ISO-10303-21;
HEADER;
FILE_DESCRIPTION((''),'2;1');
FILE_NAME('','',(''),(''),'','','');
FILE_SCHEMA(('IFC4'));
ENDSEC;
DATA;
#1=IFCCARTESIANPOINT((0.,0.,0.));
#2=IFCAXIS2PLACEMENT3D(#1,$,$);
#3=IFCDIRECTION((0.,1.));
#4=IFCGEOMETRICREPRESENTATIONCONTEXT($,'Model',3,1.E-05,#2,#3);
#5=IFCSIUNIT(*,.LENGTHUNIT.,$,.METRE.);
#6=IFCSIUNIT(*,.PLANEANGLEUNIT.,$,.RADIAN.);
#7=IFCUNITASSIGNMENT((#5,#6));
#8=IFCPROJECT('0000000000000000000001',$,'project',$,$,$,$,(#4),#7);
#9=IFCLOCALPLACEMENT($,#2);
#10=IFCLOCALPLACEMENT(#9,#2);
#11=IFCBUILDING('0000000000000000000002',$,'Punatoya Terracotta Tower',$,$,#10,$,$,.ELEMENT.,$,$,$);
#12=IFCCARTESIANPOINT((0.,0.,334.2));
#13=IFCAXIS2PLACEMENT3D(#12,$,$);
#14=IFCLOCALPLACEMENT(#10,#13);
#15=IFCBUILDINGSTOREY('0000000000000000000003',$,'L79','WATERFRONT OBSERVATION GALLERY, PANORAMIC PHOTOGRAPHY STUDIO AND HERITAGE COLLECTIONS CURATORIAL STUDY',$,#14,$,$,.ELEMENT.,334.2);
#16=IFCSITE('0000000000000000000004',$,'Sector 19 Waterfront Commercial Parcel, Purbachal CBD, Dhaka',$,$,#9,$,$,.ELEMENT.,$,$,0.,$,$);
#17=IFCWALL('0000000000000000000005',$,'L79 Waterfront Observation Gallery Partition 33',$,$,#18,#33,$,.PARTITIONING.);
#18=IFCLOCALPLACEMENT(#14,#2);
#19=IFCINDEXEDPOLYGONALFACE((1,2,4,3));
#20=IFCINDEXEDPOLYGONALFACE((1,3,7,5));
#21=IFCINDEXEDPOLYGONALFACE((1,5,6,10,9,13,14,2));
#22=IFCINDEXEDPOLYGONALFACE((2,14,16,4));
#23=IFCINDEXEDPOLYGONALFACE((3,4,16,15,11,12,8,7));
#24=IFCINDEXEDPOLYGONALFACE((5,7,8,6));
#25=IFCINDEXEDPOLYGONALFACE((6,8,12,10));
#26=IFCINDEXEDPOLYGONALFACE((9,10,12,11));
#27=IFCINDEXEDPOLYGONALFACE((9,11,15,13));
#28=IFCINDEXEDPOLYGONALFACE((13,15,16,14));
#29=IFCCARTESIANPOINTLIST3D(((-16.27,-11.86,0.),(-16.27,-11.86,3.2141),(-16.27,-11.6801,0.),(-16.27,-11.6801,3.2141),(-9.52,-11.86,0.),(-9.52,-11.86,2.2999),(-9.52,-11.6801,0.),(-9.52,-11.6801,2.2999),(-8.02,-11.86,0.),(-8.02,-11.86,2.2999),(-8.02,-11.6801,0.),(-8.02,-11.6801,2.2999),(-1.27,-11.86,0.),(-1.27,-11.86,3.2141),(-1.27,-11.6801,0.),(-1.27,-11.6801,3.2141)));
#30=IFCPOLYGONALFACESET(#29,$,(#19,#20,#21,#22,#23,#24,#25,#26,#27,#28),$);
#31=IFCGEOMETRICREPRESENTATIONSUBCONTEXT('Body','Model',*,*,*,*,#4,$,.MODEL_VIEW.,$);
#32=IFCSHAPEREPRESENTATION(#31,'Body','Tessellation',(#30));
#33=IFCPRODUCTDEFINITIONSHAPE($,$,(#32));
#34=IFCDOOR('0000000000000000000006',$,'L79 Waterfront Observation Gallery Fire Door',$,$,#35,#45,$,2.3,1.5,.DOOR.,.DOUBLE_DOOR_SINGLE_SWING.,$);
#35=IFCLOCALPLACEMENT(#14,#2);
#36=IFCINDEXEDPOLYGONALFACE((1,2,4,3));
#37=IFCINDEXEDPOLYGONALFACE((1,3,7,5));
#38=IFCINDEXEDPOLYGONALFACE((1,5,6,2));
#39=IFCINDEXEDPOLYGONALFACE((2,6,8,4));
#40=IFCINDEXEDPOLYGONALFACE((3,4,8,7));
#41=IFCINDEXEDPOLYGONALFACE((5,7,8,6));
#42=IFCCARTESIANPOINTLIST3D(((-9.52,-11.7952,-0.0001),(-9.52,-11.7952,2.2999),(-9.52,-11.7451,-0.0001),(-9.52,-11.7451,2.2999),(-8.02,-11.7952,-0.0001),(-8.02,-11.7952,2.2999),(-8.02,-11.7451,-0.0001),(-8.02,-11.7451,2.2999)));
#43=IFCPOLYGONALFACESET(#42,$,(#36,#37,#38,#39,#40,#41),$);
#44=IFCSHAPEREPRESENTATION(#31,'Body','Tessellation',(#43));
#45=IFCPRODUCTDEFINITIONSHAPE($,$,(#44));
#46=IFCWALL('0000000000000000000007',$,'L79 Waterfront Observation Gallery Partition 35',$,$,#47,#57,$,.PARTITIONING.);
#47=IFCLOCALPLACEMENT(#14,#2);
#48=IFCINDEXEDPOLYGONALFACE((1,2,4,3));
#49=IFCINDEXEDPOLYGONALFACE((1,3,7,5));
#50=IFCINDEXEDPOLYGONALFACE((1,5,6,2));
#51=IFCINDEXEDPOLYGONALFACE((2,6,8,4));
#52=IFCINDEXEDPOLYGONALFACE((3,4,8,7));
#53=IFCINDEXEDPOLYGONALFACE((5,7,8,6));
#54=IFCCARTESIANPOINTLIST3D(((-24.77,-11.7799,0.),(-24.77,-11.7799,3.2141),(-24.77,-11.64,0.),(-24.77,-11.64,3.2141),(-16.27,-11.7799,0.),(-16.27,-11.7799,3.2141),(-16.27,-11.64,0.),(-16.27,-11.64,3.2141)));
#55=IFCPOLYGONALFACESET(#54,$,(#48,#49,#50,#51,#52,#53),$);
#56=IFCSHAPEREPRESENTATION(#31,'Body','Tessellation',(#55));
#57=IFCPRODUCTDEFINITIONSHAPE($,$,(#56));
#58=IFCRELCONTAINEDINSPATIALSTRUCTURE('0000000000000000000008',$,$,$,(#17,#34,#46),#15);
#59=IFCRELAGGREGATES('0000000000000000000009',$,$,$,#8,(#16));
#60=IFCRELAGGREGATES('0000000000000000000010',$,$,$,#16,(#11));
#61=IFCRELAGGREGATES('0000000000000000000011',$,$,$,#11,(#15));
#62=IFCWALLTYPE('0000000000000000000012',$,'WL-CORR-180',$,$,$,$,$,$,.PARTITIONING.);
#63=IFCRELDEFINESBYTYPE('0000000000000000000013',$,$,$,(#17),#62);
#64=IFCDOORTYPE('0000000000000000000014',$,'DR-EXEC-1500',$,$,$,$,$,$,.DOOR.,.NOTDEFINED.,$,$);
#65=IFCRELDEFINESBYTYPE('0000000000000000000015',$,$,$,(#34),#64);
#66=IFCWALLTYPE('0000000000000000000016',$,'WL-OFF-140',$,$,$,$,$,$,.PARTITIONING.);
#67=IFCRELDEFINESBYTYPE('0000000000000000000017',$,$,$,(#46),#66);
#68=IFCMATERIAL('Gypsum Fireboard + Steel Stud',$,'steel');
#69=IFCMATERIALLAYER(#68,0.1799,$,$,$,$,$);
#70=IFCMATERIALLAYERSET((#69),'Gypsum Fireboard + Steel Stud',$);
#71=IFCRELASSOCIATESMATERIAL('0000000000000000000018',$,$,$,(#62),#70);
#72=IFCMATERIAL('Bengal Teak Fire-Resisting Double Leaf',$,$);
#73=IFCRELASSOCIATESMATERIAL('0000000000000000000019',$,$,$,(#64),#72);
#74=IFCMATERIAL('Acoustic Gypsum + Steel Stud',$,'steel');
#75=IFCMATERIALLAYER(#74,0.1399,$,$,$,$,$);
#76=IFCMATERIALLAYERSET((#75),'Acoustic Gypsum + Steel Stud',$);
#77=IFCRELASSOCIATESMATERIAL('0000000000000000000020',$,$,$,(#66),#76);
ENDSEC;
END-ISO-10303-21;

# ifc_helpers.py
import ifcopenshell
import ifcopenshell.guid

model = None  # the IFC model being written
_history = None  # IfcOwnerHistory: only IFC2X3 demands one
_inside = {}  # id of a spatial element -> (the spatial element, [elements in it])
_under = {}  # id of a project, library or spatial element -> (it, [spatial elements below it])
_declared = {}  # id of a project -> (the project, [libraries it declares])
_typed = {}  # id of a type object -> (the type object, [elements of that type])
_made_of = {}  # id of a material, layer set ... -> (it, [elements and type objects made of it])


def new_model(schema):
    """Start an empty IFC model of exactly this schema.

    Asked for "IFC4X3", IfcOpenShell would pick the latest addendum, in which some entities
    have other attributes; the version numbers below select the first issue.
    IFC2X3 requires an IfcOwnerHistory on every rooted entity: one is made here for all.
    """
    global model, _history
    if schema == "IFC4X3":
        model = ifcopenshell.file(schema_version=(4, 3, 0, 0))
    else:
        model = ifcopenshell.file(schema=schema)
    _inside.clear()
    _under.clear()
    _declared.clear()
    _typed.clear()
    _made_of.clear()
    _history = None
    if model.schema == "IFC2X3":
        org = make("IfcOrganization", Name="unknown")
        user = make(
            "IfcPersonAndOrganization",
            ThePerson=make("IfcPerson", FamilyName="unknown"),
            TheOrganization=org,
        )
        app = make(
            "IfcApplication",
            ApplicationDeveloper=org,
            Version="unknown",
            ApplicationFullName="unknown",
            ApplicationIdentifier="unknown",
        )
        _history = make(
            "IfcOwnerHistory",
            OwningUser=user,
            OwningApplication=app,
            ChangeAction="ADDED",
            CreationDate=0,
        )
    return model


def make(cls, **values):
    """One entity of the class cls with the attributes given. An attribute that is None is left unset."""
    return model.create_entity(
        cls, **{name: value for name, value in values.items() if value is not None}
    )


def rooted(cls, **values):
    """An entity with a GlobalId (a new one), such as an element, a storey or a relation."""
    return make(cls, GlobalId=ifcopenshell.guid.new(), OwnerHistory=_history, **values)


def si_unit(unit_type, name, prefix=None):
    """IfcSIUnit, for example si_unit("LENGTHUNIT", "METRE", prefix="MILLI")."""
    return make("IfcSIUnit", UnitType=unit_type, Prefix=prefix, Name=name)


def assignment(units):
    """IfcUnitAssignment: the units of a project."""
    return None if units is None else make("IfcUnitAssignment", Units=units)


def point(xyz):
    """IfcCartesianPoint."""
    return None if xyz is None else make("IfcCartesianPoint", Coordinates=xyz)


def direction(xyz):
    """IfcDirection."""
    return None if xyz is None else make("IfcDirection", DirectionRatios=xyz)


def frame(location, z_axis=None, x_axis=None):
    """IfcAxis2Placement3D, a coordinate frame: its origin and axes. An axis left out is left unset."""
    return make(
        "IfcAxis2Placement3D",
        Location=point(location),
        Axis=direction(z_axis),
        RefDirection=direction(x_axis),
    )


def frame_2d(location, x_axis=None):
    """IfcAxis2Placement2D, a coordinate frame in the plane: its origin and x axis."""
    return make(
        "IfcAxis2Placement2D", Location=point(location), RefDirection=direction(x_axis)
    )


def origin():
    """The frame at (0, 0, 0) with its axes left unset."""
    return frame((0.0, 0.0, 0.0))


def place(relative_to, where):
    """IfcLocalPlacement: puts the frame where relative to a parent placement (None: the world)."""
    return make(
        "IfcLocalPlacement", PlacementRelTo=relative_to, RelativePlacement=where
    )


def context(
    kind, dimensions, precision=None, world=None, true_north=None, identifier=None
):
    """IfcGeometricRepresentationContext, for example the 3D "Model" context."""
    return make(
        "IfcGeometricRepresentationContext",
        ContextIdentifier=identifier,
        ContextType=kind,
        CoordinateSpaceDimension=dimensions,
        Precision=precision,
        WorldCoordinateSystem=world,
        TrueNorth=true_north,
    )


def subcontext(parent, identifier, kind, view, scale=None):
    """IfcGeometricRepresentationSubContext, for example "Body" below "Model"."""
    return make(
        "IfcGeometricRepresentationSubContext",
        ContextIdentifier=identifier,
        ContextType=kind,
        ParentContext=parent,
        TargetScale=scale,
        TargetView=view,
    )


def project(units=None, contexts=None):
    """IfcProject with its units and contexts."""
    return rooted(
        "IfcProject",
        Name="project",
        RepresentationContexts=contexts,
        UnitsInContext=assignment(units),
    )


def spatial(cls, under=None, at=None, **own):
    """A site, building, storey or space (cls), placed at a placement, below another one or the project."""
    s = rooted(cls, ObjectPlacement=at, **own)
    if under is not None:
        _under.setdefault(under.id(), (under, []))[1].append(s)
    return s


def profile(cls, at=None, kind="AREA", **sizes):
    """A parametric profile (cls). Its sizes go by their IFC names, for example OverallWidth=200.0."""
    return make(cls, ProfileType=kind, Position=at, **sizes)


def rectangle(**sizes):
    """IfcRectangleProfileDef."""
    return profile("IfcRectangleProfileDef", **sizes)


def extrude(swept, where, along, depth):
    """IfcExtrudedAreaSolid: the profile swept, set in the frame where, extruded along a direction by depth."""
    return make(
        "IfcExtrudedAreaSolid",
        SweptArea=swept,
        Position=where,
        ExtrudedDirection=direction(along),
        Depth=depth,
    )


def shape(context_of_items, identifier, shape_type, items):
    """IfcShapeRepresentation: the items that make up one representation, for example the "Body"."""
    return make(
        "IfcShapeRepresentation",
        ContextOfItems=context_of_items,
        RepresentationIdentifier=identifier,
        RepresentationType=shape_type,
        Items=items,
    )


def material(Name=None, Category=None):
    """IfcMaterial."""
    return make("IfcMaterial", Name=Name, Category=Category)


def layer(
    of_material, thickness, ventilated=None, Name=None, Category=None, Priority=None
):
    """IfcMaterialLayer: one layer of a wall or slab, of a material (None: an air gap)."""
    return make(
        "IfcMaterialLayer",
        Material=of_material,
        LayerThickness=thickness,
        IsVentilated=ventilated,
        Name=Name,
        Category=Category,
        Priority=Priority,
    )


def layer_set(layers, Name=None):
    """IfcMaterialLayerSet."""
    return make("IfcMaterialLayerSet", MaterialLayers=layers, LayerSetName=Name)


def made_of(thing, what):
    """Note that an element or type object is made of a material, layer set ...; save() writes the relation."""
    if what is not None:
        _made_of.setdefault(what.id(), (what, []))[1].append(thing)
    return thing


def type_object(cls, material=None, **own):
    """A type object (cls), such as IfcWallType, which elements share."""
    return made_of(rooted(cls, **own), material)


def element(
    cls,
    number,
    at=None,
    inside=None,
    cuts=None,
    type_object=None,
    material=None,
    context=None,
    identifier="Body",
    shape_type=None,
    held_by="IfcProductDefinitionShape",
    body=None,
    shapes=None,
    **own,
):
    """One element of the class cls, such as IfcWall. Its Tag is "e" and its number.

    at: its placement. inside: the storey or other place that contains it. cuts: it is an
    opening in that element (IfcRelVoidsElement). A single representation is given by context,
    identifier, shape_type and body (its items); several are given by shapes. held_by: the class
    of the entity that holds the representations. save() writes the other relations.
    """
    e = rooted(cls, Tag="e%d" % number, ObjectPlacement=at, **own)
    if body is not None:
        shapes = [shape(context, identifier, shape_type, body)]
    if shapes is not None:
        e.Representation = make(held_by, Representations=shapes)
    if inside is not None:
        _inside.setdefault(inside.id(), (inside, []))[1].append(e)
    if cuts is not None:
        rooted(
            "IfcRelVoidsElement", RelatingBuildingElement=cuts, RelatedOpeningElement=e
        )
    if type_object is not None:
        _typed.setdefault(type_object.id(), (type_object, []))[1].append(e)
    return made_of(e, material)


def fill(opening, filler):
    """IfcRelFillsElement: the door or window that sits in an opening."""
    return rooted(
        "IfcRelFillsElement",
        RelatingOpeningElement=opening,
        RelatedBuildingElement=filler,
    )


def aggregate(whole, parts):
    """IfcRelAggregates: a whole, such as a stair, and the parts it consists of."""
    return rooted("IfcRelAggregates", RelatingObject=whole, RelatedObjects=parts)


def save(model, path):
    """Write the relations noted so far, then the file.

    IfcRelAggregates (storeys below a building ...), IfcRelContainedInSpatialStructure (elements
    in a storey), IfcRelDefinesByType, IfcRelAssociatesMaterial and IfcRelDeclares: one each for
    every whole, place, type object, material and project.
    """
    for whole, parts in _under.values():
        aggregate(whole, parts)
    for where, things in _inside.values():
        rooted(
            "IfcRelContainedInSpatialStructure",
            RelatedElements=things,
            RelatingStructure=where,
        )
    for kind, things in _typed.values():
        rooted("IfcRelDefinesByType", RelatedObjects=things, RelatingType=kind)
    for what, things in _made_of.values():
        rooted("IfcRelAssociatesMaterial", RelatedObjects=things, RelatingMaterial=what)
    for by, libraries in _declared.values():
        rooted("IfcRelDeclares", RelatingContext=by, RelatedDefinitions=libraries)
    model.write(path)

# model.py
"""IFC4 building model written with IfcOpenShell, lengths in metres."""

from ifc_helpers import new_model, si_unit, direction, frame, frame_2d, origin, place, context, subcontext, project, spatial, rectangle, extrude, material, layer, layer_set, type_object, element, fill, save


model = new_model("IFC4")

# Units and contexts
model_context = context("Model", 3, precision=1e-05, world=origin(), true_north=direction((0.0, 1.0)))
body_context = subcontext(model_context, "Body", "Model", "MODEL_VIEW")
ifc_project = project(units=[si_unit("LENGTHUNIT", "METRE"), si_unit("PLANEANGLEUNIT", "RADIAN")], contexts=[model_context])

# Site, building, storey
site_placement = place(None, origin())
site = spatial("IfcSite", under=ifc_project, at=site_placement, Name="Sector 19 Waterfront Commercial Parcel, Purbachal CBD, Dhaka", CompositionType="ELEMENT", RefElevation=0.0)
building_placement = place(site_placement, origin())
building = spatial("IfcBuilding", under=site, at=building_placement, Name="Punatoya Terracotta Tower", CompositionType="ELEMENT")
storey_placement = place(building_placement, frame((0.0, 0.0, 334.2)))
storey = spatial("IfcBuildingStorey", under=building, at=storey_placement, Name="L79", Description="WATERFRONT OBSERVATION GALLERY, PANORAMIC PHOTOGRAPHY STUDIO AND HERITAGE COLLECTIONS CURATORIAL STUDY", CompositionType="ELEMENT", Elevation=334.2)

# Wall, opening, door
ifc_material_1 = material(Name="Gypsum Fireboard + Steel Stud", Category="steel")
ifc_layer_1 = layer(ifc_material_1, 0.1799)
ifc_layer_set_1 = layer_set([ifc_layer_1], Name="Gypsum Fireboard + Steel Stud")
wall_type_1 = type_object("IfcWallType", Name="WL-CORR-180", PredefinedType="PARTITIONING", material=ifc_layer_set_1)
wall_1_placement = place(storey_placement, frame((-16.27, -11.77, 0.0), z_axis=(0.0, 0.0, 1.0), x_axis=(1.0, 0.0, 0.0)))
wall_1 = element("IfcWall", 1, at=wall_1_placement, inside=storey, type_object=wall_type_1, Name="L79 Waterfront Observation Gallery Partition 33", PredefinedType="PARTITIONING", context=body_context, shape_type="SweptSolid", body=[
    extrude(rectangle(XDim=15.0, YDim=0.1799, at=frame_2d((7.5, 0.0))), origin(), (0.0, 0.0, 1.0), 3.2141),
])
opening_placement = place(wall_1_placement, frame((6.75, 0.0, 0.0)))
opening = element("IfcOpeningElement", 2, at=opening_placement, cuts=wall_1, PredefinedType="OPENING", context=body_context, shape_type="SweptSolid", body=[
    extrude(rectangle(XDim=1.5, YDim=2.3, at=frame_2d((0.75, 1.1499))), frame((0.0, 0.0999, 0.0), z_axis=(0.0, -1.0, 0.0), x_axis=(1.0, 0.0, 0.0)), (0.0, 0.0, 1.0), 0.2),
])
ifc_material_2 = material(Name="Bengal Teak Fire-Resisting Double Leaf")
door_type = type_object("IfcDoorType", Name="DR-EXEC-1500", OperationType="NOTDEFINED", PredefinedType="DOOR", material=ifc_material_2)
door_placement = place(opening_placement, origin())
door = element("IfcDoor", 3, at=door_placement, inside=storey, type_object=door_type, Name="L79 Waterfront Observation Gallery Fire Door", OperationType="DOUBLE_DOOR_SINGLE_SWING", OverallHeight=2.3, OverallWidth=1.5, PredefinedType="DOOR", context=body_context, shape_type="SweptSolid", body=[
    extrude(rectangle(XDim=1.5, YDim=2.3, at=frame_2d((0.75, 1.1499))), frame((0.0, 0.0249, 0.0), z_axis=(0.0, -1.0, 0.0), x_axis=(1.0, 0.0, 0.0)), (0.0, 0.0, 1.0), 0.05),
])
fill(opening, door)

# Wall
ifc_material_3 = material(Name="Acoustic Gypsum + Steel Stud", Category="steel")
ifc_layer_2 = layer(ifc_material_3, 0.1399)
ifc_layer_set_2 = layer_set([ifc_layer_2], Name="Acoustic Gypsum + Steel Stud")
wall_type_2 = type_object("IfcWallType", Name="WL-OFF-140", PredefinedType="PARTITIONING", material=ifc_layer_set_2)
wall_2_placement = place(storey_placement, frame((-24.77, -11.71, 0.0), z_axis=(0.0, 0.0, 1.0), x_axis=(1.0, 0.0, 0.0)))
element("IfcWall", 4, at=wall_2_placement, inside=storey, type_object=wall_type_2, Name="L79 Waterfront Observation Gallery Partition 35", PredefinedType="PARTITIONING", context=body_context, shape_type="SweptSolid", body=[
    extrude(rectangle(XDim=8.5, YDim=0.1399, at=frame_2d((4.25, 0.0))), origin(), (0.0, 0.0, 1.0), 3.2141),
])

save(model, "model.ifc")
